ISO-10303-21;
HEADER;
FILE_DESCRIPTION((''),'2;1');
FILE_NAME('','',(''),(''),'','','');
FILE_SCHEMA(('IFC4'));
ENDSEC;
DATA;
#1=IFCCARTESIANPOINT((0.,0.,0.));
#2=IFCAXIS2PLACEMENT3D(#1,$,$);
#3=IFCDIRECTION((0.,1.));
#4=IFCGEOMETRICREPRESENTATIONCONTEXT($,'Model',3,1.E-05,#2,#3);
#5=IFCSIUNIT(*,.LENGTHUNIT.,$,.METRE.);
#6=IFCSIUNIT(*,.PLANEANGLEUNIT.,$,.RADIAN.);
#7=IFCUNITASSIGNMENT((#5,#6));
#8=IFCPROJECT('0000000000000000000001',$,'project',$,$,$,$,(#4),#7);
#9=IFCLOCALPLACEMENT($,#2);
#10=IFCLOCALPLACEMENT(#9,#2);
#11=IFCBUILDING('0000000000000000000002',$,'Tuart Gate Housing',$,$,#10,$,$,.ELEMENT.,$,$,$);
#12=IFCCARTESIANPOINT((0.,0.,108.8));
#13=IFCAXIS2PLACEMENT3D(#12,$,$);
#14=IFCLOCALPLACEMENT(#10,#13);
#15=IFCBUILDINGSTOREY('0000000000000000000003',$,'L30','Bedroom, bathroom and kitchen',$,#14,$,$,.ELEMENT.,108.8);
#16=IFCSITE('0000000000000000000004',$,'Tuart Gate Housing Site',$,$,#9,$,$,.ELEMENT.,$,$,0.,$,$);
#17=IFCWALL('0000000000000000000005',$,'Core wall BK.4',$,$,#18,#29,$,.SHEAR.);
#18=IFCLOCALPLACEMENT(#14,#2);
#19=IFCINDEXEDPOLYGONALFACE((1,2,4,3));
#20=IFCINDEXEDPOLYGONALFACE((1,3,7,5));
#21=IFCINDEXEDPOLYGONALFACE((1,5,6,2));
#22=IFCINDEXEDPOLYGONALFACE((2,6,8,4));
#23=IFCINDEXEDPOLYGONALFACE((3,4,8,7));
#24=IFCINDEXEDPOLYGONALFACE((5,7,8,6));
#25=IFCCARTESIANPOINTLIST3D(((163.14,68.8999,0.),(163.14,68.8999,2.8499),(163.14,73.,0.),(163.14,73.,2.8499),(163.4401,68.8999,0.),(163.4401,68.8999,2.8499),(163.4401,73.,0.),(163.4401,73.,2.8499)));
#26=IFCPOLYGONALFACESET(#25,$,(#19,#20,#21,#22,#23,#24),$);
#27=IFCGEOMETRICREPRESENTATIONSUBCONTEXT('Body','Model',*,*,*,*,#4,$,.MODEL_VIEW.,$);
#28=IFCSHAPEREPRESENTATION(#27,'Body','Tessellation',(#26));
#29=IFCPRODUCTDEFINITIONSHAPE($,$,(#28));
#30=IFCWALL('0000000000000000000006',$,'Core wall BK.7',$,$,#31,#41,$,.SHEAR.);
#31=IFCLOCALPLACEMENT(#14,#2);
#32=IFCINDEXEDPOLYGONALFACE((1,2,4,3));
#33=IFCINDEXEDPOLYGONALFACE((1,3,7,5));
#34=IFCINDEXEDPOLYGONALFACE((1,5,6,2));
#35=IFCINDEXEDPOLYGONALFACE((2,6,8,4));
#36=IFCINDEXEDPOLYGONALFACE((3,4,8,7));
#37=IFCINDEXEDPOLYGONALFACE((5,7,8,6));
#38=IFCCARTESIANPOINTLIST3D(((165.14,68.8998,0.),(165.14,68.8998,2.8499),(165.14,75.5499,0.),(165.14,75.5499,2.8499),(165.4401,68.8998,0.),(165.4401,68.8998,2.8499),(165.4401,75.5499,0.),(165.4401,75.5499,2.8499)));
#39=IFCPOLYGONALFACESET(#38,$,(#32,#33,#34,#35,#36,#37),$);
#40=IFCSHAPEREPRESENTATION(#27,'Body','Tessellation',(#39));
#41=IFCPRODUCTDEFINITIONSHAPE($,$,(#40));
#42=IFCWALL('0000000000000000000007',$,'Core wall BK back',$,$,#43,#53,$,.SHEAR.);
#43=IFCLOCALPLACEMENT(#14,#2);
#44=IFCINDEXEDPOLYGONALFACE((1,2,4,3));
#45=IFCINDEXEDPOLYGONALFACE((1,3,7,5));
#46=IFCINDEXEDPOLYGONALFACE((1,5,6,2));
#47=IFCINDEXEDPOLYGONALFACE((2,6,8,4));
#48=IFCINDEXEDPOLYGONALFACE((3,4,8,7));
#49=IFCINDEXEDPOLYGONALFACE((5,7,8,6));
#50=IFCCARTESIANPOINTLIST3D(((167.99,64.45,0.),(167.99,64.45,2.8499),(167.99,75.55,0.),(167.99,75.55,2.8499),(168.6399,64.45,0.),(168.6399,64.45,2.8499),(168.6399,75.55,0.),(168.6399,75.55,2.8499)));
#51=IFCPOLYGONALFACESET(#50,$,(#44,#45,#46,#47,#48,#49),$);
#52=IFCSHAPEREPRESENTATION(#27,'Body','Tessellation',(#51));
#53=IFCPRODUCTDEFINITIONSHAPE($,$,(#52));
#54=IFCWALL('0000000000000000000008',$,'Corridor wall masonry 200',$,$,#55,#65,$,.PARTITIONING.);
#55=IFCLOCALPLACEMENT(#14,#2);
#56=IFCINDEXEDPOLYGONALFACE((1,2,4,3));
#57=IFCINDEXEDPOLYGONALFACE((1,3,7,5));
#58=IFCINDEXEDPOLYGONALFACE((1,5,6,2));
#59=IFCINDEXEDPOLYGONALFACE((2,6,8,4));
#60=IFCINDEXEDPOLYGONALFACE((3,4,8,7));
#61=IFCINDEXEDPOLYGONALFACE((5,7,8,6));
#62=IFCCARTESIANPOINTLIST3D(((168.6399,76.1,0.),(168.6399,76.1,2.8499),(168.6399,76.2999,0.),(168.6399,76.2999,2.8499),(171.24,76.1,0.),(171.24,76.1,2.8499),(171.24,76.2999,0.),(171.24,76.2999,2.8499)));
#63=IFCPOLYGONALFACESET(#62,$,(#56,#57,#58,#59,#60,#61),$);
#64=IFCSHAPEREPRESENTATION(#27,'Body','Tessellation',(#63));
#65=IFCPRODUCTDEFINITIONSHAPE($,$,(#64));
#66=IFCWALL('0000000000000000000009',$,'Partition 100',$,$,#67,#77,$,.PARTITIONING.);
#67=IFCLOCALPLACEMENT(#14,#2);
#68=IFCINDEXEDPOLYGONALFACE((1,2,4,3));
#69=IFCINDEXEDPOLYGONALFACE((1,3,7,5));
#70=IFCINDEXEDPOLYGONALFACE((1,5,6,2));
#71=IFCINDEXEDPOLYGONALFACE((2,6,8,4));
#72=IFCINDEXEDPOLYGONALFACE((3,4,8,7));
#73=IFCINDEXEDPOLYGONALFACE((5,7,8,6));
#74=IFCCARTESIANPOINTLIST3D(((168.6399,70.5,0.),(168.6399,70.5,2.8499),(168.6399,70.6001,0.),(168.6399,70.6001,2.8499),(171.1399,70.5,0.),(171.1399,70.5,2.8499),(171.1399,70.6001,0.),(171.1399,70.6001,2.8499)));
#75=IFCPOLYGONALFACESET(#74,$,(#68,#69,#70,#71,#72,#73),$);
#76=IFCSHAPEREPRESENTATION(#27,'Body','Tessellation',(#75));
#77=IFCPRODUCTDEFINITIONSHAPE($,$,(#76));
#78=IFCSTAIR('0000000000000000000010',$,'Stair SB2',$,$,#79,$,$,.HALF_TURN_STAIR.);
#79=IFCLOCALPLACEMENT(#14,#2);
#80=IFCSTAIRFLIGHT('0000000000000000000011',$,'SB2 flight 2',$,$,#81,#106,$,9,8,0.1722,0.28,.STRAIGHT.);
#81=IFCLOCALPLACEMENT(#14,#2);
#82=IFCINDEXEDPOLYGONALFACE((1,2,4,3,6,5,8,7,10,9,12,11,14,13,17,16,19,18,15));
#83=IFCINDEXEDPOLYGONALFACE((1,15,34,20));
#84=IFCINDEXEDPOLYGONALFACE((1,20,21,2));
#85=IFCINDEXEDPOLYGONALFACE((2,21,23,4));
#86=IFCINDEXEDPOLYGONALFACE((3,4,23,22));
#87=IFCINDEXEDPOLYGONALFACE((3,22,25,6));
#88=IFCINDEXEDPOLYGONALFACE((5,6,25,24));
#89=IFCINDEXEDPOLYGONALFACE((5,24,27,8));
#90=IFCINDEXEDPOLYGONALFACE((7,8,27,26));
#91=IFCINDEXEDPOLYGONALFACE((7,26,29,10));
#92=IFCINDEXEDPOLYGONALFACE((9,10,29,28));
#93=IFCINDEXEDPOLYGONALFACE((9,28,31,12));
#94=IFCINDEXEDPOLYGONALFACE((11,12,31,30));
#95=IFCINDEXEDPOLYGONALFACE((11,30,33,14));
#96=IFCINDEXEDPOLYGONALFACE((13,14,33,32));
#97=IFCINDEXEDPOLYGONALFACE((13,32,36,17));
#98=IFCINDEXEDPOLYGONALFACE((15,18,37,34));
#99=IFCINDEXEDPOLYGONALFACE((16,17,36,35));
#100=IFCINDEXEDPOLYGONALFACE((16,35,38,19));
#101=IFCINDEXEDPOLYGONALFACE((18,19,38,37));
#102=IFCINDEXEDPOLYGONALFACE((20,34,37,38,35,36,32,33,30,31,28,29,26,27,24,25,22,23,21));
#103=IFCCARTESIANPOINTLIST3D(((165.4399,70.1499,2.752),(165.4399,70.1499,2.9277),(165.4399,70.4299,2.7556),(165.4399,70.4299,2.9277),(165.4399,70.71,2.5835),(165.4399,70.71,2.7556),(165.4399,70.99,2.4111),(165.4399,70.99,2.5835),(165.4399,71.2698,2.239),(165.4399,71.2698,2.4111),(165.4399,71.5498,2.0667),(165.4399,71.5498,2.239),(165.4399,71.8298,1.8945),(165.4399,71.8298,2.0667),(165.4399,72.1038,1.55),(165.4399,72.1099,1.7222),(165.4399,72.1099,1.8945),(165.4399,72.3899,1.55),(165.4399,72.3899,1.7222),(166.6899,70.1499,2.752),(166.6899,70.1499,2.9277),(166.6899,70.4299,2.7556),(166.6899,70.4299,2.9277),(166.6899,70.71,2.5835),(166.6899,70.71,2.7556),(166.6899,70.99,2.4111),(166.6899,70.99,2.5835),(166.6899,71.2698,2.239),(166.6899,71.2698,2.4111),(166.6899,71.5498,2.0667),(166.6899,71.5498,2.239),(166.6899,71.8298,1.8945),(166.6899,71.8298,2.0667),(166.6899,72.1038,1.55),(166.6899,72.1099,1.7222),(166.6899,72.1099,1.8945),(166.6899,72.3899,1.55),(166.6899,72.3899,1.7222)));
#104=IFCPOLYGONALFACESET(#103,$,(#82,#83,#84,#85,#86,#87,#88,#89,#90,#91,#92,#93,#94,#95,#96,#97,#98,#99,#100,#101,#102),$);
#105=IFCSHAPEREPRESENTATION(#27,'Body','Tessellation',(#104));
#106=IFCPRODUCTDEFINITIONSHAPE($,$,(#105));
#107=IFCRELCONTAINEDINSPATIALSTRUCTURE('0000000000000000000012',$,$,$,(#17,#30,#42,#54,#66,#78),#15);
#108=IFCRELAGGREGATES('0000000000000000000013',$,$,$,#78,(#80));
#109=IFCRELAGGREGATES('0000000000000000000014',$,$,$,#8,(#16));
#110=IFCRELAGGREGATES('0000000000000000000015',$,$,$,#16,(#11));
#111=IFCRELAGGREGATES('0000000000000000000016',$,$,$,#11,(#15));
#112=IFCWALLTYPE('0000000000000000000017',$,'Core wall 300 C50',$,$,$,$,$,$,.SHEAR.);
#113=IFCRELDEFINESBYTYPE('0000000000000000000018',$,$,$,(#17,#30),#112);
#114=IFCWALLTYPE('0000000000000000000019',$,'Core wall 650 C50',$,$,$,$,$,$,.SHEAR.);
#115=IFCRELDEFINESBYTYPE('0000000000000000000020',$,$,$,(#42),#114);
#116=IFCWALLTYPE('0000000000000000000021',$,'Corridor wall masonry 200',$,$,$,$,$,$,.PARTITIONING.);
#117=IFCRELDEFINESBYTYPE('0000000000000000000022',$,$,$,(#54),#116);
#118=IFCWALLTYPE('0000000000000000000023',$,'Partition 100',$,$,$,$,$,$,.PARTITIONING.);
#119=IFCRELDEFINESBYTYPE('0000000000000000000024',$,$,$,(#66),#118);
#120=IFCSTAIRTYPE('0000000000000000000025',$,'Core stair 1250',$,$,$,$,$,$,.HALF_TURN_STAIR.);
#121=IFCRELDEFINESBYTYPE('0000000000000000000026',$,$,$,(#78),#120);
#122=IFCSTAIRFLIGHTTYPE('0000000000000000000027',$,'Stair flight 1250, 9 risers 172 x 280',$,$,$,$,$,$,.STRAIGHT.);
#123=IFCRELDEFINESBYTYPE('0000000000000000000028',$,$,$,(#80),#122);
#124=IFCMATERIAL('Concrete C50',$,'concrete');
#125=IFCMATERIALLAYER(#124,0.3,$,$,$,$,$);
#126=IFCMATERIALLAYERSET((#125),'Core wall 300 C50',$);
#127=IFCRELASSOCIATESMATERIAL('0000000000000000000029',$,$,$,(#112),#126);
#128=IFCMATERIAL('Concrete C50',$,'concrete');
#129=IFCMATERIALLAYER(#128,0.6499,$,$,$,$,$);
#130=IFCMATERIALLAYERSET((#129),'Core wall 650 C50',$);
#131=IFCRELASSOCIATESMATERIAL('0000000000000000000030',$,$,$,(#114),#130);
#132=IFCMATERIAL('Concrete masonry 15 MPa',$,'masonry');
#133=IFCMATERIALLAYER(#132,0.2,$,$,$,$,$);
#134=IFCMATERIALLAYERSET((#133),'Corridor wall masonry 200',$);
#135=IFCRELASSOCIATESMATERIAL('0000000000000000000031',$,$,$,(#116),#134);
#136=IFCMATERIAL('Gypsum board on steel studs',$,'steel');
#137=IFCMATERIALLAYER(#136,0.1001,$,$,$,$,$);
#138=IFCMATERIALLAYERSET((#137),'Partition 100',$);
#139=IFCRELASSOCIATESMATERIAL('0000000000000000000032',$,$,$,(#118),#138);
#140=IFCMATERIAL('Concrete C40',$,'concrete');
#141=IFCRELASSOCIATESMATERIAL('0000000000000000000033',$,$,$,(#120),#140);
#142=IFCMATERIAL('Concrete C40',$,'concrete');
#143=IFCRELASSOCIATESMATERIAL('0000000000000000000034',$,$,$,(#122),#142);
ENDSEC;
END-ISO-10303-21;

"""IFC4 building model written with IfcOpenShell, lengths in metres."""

from ifc_helpers import new_model, si_unit, direction, frame, frame_2d, origin, place, context, subcontext, project, spatial, polyline, rectangle, outline, extrude, material, layer, layer_set, type_object, element, aggregate, save


model = new_model("IFC4")

# Units and contexts
model_context = context("Model", 3, precision=1e-05, world=origin(), true_north=direction((0.0, 1.0)))
body_context = subcontext(model_context, "Body", "Model", "MODEL_VIEW")
ifc_project = project(units=[si_unit("LENGTHUNIT", "METRE"), si_unit("PLANEANGLEUNIT", "RADIAN")], contexts=[model_context])

# Site, building, storey
site_placement = place(None, origin())
site = spatial("IfcSite", under=ifc_project, at=site_placement, Name="Tuart Gate Housing Site", CompositionType="ELEMENT", RefElevation=0.0)
building_placement = place(site_placement, origin())
building = spatial("IfcBuilding", under=site, at=building_placement, Name="Tuart Gate Housing", CompositionType="ELEMENT")
storey_placement = place(building_placement, frame((0.0, 0.0, 108.8)))
storey = spatial("IfcBuildingStorey", under=building, at=storey_placement, Name="L30", Description="Bedroom, bathroom and kitchen", CompositionType="ELEMENT", Elevation=108.8)

# Walls
ifc_material_1 = material(Name="Concrete C50", Category="concrete")
ifc_layer_1 = layer(ifc_material_1, 0.3)
ifc_layer_set_1 = layer_set([ifc_layer_1], Name="Core wall 300 C50")
wall_type_1 = type_object("IfcWallType", Name="Core wall 300 C50", PredefinedType="SHEAR", material=ifc_layer_set_1)
wall_1_placement = place(storey_placement, frame((163.29, 73.0, 0.0), z_axis=(0.0, 0.0, 1.0), x_axis=(0.0, -1.0, 0.0)))
element("IfcWall", 1, at=wall_1_placement, inside=storey, type_object=wall_type_1, Name="Core wall BK.4", PredefinedType="SHEAR", context=body_context, shape_type="SweptSolid", body=[
    extrude(rectangle(XDim=4.1001, YDim=0.3, at=frame_2d((2.05, 0.0))), origin(), (0.0, 0.0, 1.0), 2.8499),
])
wall_2_placement = place(storey_placement, frame((165.29, 75.55, 0.0), z_axis=(0.0, 0.0, 1.0), x_axis=(0.0, -1.0, 0.0)))
element("IfcWall", 2, at=wall_2_placement, inside=storey, type_object=wall_type_1, Name="Core wall BK.7", PredefinedType="SHEAR", context=body_context, shape_type="SweptSolid", body=[
    extrude(rectangle(XDim=6.6501, YDim=0.3, at=frame_2d((3.3252, 0.0))), origin(), (0.0, 0.0, 1.0), 2.8499),
])
ifc_material_2 = material(Name="Concrete C50", Category="concrete")
ifc_layer_2 = layer(ifc_material_2, 0.6499)
ifc_layer_set_2 = layer_set([ifc_layer_2], Name="Core wall 650 C50")
wall_type_2 = type_object("IfcWallType", Name="Core wall 650 C50", PredefinedType="SHEAR", material=ifc_layer_set_2)
wall_3_placement = place(storey_placement, frame((168.3149, 75.55, 0.0), z_axis=(0.0, 0.0, 1.0), x_axis=(0.0, -1.0, 0.0)))
element("IfcWall", 3, at=wall_3_placement, inside=storey, type_object=wall_type_2, Name="Core wall BK back", PredefinedType="SHEAR", context=body_context, shape_type="SweptSolid", body=[
    extrude(rectangle(XDim=11.1001, YDim=0.6499, at=frame_2d((5.55, 0.0))), origin(), (0.0, 0.0, 1.0), 2.8499),
])
ifc_material_3 = material(Name="Concrete masonry 15 MPa", Category="masonry")
ifc_layer_3 = layer(ifc_material_3, 0.2)
ifc_layer_set_3 = layer_set([ifc_layer_3], Name="Corridor wall masonry 200")
wall_type_3 = type_object("IfcWallType", Name="Corridor wall masonry 200", PredefinedType="PARTITIONING", material=ifc_layer_set_3)
wall_4_placement = place(storey_placement, frame((168.6399, 76.2, 0.0), z_axis=(0.0, 0.0, 1.0), x_axis=(1.0, 0.0, 0.0)))
element("IfcWall", 4, at=wall_4_placement, inside=storey, type_object=wall_type_3, Name="Corridor wall masonry 200", PredefinedType="PARTITIONING", context=body_context, shape_type="SweptSolid", body=[
    extrude(rectangle(XDim=2.6001, YDim=0.2, at=frame_2d((1.3, 0.0))), origin(), (0.0, 0.0, 1.0), 2.8499),
])
ifc_material_4 = material(Name="Gypsum board on steel studs", Category="steel")
ifc_layer_4 = layer(ifc_material_4, 0.1001)
ifc_layer_set_4 = layer_set([ifc_layer_4], Name="Partition 100")
wall_type_4 = type_object("IfcWallType", Name="Partition 100", PredefinedType="PARTITIONING", material=ifc_layer_set_4)
wall_5_placement = place(storey_placement, frame((168.6399, 70.55, 0.0), z_axis=(0.0, 0.0, 1.0), x_axis=(1.0, 0.0, 0.0)))
element("IfcWall", 5, at=wall_5_placement, inside=storey, type_object=wall_type_4, Name="Partition 100", PredefinedType="PARTITIONING", context=body_context, shape_type="SweptSolid", body=[
    extrude(rectangle(XDim=2.5, YDim=0.1001, at=frame_2d((1.25, 0.0))), origin(), (0.0, 0.0, 1.0), 2.8499),
])

# Stair, stair flight
ifc_material_5 = material(Name="Concrete C40", Category="concrete")
stair_type = type_object("IfcStairType", Name="Core stair 1250", PredefinedType="HALF_TURN_STAIR", material=ifc_material_5)
stair_placement = place(storey_placement, origin())
stair = element("IfcStair", 6, at=stair_placement, inside=storey, type_object=stair_type, Name="Stair SB2", PredefinedType="HALF_TURN_STAIR")
ifc_material_6 = material(Name="Concrete C40", Category="concrete")
stair_flight_type = type_object("IfcStairFlightType", Name="Stair flight 1250, 9 risers 172 x 280", PredefinedType="STRAIGHT", material=ifc_material_6)
stair_flight_placement = place(storey_placement, frame((166.0649, 72.3899, 1.55), z_axis=(0.0, 0.0, 1.0), x_axis=(0.0, -1.0, 0.0)))
stair_flight = element("IfcStairFlight", 7, at=stair_flight_placement, type_object=stair_flight_type, Name="SB2 flight 2", NumberOfRisers=9, NumberOfTreads=8, PredefinedType="STRAIGHT", RiserHeight=0.1722, TreadLength=0.28, context=body_context, shape_type="SweptSolid", body=[
    extrude(outline(polyline([(0.0, 0.0), (0.0, 0.1721), (0.28, 0.1721), (0.28, 0.3445), (0.5601, 0.3445), (0.5601, 0.5166), (0.8401, 0.5166), (0.8401, 0.689), (1.1201, 0.689), (1.1201, 0.8611), (1.3999, 0.8611), (1.3999, 1.0334), (1.6799, 1.0334), (1.6799, 1.2056), (1.96, 1.2056), (1.96, 1.3777), (2.24, 1.3777), (2.24, 1.55), (2.24, 1.2019), (0.2861, 0.0), (0.0, 0.0)])), frame((0.0, 0.625, 0.0), z_axis=(0.0, -1.0, 0.0), x_axis=(1.0, 0.0, 0.0)), (0.0, 0.0, 1.0), 1.25),
])
aggregate(stair, [stair_flight])

save(model, "model.ifc")
